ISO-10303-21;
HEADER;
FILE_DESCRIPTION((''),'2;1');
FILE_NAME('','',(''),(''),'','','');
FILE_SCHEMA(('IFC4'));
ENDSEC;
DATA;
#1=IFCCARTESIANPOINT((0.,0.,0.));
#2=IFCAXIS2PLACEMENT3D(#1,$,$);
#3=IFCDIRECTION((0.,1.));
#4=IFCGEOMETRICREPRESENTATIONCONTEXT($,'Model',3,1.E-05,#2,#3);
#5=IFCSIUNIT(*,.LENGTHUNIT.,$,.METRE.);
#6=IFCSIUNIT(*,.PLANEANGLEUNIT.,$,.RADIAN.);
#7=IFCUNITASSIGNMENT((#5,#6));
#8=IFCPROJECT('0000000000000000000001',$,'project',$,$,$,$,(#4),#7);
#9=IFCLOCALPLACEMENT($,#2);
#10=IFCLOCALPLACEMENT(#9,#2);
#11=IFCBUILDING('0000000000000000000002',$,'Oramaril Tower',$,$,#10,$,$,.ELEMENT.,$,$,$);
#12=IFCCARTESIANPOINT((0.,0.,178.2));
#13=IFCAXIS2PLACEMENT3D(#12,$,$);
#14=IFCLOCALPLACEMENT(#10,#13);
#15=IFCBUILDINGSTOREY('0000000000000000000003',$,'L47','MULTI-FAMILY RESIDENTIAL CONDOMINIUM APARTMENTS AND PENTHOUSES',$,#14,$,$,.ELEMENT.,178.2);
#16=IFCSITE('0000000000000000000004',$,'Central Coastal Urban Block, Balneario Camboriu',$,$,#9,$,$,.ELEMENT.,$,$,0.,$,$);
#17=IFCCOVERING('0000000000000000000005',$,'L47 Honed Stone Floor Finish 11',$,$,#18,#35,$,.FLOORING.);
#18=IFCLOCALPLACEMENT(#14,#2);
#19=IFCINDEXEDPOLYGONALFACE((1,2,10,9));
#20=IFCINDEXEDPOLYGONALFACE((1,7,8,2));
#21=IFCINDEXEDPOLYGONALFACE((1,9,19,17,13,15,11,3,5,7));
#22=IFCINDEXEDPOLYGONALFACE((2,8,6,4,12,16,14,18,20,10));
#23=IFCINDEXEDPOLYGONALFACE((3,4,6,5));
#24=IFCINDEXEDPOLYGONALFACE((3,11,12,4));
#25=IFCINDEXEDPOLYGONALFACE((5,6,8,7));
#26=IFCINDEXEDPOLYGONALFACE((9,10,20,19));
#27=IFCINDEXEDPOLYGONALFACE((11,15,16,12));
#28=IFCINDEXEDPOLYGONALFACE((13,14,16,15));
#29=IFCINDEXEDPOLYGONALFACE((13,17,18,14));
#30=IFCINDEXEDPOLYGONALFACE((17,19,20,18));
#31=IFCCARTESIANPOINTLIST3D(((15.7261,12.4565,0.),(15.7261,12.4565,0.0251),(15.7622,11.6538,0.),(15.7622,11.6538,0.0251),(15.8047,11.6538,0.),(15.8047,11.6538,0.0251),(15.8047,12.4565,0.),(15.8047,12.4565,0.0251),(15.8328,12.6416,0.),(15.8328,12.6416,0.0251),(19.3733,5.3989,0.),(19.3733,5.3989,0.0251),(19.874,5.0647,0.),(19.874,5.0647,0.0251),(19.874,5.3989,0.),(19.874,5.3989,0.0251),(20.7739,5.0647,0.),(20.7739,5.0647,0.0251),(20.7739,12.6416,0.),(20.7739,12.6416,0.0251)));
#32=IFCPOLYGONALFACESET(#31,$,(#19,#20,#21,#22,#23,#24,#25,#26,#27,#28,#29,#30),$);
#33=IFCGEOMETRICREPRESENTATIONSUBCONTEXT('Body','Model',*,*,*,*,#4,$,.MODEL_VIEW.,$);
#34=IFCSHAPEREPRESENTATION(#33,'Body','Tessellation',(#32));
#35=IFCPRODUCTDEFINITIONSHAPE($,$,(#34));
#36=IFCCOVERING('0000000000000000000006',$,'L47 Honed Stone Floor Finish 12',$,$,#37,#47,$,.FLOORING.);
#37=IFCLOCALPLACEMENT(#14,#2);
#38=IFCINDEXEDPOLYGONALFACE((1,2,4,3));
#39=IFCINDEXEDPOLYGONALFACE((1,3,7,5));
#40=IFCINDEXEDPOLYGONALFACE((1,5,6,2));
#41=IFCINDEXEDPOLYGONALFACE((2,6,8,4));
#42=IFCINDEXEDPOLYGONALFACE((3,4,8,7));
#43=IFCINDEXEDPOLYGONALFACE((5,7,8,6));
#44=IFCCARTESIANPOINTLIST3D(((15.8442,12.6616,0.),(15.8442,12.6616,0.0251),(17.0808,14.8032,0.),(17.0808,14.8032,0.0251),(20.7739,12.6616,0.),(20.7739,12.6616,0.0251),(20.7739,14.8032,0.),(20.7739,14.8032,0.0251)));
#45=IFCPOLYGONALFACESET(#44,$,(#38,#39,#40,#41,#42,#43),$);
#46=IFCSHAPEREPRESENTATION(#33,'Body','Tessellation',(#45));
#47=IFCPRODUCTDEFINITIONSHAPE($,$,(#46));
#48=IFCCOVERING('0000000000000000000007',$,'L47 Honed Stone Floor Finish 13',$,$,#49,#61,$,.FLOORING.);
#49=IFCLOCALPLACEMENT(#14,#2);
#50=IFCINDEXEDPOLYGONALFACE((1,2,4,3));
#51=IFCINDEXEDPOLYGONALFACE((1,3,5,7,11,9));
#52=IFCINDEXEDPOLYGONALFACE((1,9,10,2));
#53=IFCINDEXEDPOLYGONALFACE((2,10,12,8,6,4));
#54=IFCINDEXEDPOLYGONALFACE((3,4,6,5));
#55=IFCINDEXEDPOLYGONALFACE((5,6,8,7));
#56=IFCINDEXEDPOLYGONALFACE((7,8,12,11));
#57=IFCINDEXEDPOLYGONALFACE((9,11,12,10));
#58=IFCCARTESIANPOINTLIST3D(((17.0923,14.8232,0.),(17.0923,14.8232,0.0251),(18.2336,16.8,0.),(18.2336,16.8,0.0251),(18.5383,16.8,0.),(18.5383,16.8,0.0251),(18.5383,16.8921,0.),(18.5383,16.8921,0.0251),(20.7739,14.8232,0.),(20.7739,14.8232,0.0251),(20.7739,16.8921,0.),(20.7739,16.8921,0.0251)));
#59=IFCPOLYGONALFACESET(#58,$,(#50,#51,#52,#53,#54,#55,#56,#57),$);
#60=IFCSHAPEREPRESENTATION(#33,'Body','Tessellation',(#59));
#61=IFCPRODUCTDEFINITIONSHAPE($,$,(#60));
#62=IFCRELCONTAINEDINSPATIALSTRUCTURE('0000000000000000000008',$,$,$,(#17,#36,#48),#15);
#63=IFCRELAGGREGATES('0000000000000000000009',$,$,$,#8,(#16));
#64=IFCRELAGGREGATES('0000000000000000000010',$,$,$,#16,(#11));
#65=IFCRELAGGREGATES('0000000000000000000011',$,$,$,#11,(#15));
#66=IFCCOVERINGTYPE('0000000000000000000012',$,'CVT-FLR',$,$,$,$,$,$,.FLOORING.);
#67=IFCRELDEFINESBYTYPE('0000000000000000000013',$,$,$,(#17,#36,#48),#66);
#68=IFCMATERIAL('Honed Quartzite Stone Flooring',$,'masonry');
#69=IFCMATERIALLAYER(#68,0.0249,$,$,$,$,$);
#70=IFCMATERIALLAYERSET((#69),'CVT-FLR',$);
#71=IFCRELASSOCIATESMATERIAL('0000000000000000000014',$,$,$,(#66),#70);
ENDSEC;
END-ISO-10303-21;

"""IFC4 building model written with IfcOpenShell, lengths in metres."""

from ifc_helpers import new_model, si_unit, direction, frame, origin, place, context, subcontext, project, spatial, polyline, outline, extrude, material, layer, layer_set, type_object, element, save


model = new_model("IFC4")

# Units and contexts
model_context = context("Model", 3, precision=1e-05, world=origin(), true_north=direction((0.0, 1.0)))
body_context = subcontext(model_context, "Body", "Model", "MODEL_VIEW")
ifc_project = project(units=[si_unit("LENGTHUNIT", "METRE"), si_unit("PLANEANGLEUNIT", "RADIAN")], contexts=[model_context])

# Site, building, storey
site_placement = place(None, origin())
site = spatial("IfcSite", under=ifc_project, at=site_placement, Name="Central Coastal Urban Block, Balneario Camboriu", CompositionType="ELEMENT", RefElevation=0.0)
building_placement = place(site_placement, origin())
building = spatial("IfcBuilding", under=site, at=building_placement, Name="Oramaril Tower", CompositionType="ELEMENT")
storey_placement = place(building_placement, frame((0.0, 0.0, 178.2)))
storey = spatial("IfcBuildingStorey", under=building, at=storey_placement, Name="L47", Description="MULTI-FAMILY RESIDENTIAL CONDOMINIUM APARTMENTS AND PENTHOUSES", CompositionType="ELEMENT", Elevation=178.2)

# Coverings
ifc_material_1 = material(Name="Honed Quartzite Stone Flooring", Category="masonry")
ifc_layer_1 = layer(ifc_material_1, 0.0249)
ifc_layer_set_1 = layer_set([ifc_layer_1], Name="CVT-FLR")
covering_type_1 = type_object("IfcCoveringType", Name="CVT-FLR", PredefinedType="FLOORING", material=ifc_layer_set_1)
covering_1_placement = place(storey_placement, origin())
element("IfcCovering", 1, at=covering_1_placement, inside=storey, type_object=covering_type_1, Name="L47 Honed Stone Floor Finish 11", PredefinedType="FLOORING", context=body_context, shape_type="SweptSolid", body=[
    extrude(outline(polyline([(19.874, 5.0647), (19.874, 5.3989), (19.3733, 5.3989), (15.7622, 11.6538), (15.8047, 11.6538), (15.8047, 12.4565), (15.7261, 12.4565), (15.8328, 12.6416), (20.7739, 12.6416), (20.7739, 5.0647), (19.874, 5.0647)])), origin(), (0.0, 0.0, 1.0), 0.0251),
])
covering_2_placement = place(storey_placement, origin())
element("IfcCovering", 2, at=covering_2_placement, inside=storey, type_object=covering_type_1, Name="L47 Honed Stone Floor Finish 12", PredefinedType="FLOORING", context=body_context, shape_type="SweptSolid", body=[
    extrude(outline(polyline([(17.0808, 14.8032), (20.7739, 14.8032), (20.7739, 12.6616), (15.8442, 12.6616), (17.0808, 14.8032)])), origin(), (0.0, 0.0, 1.0), 0.0251),
])
covering_3_placement = place(storey_placement, origin())
element("IfcCovering", 3, at=covering_3_placement, inside=storey, type_object=covering_type_1, Name="L47 Honed Stone Floor Finish 13", PredefinedType="FLOORING", context=body_context, shape_type="SweptSolid", body=[
    extrude(outline(polyline([(18.2336, 16.8), (18.5383, 16.8), (18.5383, 16.8921), (20.7739, 16.8921), (20.7739, 14.8232), (17.0923, 14.8232), (18.2336, 16.8)])), origin(), (0.0, 0.0, 1.0), 0.0251),
])

save(model, "model.ifc")
